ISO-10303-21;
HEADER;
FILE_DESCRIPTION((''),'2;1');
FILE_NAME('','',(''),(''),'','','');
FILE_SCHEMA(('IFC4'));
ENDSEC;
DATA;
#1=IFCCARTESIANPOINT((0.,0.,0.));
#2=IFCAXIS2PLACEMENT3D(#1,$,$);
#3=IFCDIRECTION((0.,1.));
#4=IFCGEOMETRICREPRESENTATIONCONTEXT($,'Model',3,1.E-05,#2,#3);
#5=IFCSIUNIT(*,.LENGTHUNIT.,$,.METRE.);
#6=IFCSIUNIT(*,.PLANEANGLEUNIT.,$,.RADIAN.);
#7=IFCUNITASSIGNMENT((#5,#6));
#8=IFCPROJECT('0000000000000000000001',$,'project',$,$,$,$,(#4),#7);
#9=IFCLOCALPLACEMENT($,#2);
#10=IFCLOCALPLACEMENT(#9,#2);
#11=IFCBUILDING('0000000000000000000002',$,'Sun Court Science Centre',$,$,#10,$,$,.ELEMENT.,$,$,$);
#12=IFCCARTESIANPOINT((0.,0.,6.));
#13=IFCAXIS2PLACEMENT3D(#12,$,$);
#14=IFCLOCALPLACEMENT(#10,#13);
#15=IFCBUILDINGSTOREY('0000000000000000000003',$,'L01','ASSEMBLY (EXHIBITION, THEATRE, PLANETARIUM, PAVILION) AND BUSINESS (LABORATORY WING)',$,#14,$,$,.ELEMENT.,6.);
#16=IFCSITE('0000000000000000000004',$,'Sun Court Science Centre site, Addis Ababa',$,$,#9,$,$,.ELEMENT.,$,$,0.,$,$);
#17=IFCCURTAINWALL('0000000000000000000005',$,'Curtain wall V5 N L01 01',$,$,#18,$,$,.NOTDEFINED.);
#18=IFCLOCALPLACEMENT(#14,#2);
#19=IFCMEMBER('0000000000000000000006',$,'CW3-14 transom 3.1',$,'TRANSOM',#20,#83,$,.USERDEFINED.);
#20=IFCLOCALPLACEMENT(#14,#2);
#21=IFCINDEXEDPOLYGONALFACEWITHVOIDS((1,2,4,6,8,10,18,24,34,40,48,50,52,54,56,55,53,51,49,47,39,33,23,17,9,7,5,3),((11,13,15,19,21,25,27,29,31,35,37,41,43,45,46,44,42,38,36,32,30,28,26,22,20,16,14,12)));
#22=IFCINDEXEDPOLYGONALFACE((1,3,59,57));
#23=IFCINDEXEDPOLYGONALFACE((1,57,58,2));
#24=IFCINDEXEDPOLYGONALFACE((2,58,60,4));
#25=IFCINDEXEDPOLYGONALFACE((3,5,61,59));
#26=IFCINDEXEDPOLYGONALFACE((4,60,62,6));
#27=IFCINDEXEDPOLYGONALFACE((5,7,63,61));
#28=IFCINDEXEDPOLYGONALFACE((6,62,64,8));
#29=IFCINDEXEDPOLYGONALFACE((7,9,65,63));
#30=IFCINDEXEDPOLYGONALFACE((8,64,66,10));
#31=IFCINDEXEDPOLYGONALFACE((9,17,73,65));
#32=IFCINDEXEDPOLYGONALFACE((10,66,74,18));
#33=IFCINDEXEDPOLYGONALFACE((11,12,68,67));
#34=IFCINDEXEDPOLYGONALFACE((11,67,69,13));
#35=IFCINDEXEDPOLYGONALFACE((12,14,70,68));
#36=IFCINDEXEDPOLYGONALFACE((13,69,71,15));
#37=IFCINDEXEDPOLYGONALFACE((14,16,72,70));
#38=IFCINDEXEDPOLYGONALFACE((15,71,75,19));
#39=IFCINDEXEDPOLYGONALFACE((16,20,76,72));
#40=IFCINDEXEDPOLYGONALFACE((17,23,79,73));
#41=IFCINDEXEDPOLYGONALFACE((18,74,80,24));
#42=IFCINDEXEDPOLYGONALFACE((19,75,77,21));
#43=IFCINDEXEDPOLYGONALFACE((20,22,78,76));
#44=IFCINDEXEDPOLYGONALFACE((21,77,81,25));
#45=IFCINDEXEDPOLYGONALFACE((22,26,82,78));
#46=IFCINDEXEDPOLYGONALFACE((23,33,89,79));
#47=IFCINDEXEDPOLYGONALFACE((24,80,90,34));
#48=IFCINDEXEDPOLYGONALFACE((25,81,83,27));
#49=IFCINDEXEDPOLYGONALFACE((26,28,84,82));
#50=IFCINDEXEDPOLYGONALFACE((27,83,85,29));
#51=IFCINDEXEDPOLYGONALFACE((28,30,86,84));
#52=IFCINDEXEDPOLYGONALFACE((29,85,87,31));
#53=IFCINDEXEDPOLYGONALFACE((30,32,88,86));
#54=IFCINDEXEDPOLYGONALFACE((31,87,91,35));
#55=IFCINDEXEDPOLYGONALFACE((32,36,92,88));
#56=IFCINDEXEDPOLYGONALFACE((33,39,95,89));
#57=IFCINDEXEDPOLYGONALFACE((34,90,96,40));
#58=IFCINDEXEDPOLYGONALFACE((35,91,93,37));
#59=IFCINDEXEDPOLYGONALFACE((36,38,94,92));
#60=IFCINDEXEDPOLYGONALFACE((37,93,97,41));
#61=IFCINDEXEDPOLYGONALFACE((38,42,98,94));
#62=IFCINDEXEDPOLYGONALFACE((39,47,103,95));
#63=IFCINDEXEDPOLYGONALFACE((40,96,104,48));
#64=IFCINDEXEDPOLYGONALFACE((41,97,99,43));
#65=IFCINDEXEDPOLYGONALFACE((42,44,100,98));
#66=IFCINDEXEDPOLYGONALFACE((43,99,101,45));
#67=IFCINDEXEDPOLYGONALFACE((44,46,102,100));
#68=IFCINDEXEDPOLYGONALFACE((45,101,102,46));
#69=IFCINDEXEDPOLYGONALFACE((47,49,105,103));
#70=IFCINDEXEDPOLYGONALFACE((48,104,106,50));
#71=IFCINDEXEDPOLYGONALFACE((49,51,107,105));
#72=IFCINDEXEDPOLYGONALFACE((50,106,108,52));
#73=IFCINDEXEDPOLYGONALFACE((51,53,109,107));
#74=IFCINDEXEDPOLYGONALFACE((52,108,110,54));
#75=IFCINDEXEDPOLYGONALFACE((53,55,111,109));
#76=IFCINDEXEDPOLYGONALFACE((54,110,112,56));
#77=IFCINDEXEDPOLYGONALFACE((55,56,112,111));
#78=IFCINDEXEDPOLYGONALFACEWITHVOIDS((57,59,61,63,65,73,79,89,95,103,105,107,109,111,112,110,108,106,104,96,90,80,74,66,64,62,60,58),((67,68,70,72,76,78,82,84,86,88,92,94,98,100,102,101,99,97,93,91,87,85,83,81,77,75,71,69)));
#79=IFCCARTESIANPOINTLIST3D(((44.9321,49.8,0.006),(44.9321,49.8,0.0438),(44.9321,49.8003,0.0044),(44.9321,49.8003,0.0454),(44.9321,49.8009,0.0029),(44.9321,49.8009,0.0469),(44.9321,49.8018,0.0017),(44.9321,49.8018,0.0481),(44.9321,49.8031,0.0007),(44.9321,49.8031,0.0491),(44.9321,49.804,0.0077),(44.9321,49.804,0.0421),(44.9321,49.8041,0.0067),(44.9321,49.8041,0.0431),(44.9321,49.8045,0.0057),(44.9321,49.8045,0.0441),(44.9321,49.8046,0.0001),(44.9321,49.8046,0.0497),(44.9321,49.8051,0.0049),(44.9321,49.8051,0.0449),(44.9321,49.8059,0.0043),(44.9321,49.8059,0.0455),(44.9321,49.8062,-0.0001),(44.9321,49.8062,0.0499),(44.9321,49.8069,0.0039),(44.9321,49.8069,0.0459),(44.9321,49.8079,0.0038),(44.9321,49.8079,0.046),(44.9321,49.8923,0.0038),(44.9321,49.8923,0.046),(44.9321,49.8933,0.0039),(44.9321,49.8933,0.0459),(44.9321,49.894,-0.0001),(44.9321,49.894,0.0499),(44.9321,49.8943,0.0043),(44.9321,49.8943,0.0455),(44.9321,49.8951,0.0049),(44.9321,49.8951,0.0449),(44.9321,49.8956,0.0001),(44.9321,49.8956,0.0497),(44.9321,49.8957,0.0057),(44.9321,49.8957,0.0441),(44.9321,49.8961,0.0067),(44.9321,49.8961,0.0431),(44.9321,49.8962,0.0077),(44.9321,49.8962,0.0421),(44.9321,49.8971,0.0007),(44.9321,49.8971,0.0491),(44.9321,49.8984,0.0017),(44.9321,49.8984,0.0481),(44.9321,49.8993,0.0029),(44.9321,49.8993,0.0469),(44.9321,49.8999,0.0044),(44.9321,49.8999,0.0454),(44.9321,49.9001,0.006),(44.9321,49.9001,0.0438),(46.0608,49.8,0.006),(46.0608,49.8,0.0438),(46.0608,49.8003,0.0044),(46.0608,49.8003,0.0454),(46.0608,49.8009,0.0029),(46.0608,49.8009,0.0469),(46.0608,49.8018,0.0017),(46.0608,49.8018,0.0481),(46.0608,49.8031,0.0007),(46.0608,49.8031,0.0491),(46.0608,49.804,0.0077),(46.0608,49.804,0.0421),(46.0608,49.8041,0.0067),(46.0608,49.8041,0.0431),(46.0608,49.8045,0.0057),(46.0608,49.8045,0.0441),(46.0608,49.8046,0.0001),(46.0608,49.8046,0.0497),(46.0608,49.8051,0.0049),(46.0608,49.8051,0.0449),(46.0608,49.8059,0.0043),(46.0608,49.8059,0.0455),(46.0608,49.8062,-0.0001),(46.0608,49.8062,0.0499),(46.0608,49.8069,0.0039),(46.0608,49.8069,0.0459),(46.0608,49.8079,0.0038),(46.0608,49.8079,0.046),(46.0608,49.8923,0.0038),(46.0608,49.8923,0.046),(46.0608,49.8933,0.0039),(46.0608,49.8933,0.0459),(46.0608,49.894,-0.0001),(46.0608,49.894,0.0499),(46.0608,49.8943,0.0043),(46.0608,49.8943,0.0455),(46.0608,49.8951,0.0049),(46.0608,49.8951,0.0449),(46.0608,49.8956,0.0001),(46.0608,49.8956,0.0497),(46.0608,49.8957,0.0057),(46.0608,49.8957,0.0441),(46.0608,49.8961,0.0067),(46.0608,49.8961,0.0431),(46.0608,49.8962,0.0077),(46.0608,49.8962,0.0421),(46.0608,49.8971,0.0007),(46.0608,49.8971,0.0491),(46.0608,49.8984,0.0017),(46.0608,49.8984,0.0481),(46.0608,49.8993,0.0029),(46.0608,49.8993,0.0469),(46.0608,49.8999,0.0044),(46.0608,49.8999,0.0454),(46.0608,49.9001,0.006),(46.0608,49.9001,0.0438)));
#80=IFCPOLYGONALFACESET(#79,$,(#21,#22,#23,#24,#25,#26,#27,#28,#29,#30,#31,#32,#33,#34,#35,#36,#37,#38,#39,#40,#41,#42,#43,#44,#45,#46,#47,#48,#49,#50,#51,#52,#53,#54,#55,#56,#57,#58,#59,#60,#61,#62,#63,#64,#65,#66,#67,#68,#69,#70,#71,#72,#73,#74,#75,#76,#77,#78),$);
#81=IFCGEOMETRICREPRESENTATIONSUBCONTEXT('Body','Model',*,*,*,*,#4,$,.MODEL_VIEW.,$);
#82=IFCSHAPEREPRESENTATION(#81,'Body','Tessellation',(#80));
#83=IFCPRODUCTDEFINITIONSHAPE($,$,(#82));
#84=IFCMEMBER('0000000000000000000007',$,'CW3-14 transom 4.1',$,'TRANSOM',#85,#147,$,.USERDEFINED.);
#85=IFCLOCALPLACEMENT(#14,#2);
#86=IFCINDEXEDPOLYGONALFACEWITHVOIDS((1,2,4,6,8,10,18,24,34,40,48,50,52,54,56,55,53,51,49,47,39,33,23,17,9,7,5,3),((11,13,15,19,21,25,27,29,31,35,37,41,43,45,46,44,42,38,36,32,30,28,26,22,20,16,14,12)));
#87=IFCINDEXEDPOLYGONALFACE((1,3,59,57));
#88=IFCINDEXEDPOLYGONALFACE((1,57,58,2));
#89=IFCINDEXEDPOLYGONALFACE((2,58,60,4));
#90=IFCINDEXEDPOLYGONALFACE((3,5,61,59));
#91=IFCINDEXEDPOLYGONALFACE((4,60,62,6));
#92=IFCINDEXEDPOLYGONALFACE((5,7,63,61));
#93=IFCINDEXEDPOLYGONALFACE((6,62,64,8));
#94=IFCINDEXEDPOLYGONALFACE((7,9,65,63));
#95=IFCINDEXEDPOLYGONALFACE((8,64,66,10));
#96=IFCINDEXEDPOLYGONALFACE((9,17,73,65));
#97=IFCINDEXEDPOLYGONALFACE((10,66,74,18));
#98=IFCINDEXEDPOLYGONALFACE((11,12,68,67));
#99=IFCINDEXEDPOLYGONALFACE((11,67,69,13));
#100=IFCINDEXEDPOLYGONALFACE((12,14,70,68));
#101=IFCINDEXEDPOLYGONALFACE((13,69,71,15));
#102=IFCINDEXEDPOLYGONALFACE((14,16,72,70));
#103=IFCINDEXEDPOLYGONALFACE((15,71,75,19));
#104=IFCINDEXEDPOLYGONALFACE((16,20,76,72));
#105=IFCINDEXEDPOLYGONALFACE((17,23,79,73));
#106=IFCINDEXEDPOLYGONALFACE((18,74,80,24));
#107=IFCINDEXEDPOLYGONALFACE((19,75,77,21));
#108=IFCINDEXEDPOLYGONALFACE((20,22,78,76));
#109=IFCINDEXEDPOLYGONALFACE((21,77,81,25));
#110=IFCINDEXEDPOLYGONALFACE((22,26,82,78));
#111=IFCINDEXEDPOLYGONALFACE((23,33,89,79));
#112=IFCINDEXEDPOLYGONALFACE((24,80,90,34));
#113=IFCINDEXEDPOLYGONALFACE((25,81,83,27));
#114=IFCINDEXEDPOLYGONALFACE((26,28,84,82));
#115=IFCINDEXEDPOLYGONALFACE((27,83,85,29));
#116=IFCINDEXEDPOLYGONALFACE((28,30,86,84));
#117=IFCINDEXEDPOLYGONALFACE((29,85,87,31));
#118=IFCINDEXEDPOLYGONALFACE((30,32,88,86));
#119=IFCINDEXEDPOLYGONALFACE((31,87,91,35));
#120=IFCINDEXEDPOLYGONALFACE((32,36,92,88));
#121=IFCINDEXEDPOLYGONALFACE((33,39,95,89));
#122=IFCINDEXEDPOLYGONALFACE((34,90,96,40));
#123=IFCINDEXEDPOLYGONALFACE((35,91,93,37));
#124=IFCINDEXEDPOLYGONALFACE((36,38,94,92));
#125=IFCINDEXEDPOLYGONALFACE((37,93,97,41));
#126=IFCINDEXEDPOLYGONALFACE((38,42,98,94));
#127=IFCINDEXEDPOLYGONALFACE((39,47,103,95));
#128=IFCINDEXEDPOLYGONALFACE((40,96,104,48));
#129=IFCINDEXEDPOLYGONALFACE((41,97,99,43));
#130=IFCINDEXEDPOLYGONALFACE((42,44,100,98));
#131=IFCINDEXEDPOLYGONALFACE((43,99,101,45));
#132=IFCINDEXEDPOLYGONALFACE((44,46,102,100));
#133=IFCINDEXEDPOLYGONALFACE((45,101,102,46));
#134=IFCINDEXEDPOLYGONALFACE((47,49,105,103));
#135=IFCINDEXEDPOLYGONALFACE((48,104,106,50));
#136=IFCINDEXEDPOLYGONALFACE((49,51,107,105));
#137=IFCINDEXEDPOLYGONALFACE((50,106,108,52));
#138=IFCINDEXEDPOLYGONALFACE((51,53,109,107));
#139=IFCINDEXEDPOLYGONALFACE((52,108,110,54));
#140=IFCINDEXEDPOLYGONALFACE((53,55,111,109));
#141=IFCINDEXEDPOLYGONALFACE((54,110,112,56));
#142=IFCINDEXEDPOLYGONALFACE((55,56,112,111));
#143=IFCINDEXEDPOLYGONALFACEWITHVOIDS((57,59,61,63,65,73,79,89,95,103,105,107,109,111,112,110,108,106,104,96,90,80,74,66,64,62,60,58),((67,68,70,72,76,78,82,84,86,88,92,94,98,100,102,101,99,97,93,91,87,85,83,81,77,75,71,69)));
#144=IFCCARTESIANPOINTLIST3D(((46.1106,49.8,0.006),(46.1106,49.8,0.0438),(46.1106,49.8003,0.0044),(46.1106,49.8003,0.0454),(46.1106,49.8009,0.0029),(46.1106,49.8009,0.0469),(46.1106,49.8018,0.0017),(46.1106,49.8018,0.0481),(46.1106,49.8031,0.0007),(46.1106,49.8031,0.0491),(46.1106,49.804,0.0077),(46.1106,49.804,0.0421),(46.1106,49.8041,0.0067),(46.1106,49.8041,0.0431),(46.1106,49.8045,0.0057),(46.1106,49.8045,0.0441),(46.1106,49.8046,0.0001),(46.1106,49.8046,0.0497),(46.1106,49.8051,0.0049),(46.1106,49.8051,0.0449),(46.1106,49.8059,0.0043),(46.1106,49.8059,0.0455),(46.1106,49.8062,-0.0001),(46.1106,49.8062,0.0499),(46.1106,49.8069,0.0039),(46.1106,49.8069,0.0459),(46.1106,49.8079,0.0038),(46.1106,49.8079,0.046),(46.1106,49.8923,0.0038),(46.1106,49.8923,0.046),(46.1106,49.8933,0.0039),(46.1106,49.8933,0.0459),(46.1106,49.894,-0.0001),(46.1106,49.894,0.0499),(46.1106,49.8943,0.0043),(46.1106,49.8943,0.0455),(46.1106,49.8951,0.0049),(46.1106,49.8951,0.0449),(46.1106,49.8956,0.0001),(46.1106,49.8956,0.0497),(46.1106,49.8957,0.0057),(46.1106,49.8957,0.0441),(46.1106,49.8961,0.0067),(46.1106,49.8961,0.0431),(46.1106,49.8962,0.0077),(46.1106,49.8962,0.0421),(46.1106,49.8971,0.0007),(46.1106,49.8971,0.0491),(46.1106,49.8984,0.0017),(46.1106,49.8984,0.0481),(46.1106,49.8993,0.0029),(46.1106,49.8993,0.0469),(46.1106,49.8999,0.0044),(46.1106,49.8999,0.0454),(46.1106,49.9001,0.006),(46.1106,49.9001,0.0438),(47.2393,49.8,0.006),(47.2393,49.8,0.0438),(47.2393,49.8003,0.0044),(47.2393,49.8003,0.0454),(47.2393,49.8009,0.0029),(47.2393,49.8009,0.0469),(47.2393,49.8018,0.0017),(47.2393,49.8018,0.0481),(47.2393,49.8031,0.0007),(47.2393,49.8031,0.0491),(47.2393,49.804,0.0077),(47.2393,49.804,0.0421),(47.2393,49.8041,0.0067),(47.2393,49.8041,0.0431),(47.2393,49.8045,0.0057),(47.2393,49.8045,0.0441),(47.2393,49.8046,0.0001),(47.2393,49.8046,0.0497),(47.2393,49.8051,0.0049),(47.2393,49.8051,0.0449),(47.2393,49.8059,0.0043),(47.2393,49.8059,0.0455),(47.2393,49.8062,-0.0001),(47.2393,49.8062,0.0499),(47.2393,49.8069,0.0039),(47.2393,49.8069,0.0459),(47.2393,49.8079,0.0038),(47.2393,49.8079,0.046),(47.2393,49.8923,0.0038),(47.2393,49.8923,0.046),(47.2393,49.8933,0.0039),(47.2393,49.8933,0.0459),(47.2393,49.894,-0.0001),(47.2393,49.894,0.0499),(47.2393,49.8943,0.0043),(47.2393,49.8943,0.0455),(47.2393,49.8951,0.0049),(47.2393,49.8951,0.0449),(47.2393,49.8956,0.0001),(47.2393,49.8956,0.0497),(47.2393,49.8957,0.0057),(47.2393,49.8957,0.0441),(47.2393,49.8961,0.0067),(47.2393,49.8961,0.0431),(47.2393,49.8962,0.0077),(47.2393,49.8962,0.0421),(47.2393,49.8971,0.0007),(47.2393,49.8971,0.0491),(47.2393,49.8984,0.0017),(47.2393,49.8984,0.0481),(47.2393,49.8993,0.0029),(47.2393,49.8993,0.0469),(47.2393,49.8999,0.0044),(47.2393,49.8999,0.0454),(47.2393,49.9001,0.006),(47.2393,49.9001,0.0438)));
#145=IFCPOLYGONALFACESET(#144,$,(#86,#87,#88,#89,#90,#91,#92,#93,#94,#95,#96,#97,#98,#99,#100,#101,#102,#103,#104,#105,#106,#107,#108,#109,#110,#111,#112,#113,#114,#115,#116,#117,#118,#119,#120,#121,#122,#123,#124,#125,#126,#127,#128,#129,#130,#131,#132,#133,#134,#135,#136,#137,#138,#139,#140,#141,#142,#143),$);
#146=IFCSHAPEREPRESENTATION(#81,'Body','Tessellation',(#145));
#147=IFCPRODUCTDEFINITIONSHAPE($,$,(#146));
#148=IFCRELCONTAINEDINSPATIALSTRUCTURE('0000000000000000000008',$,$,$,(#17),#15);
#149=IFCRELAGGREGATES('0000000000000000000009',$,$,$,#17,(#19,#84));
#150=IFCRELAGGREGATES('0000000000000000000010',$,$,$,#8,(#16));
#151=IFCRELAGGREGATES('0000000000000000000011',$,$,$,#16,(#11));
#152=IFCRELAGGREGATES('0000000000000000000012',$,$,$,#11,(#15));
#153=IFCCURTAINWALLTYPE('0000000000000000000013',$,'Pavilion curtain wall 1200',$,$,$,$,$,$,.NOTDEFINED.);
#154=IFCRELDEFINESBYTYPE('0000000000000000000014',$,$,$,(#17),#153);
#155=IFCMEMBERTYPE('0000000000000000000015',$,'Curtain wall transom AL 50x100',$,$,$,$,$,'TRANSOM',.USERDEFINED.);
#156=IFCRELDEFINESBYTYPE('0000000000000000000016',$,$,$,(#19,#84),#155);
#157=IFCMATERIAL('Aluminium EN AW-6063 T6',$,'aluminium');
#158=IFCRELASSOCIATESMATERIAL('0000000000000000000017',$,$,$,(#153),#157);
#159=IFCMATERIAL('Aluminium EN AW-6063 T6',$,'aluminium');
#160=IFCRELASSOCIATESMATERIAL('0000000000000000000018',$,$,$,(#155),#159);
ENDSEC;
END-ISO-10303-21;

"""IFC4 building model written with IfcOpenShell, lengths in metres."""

from ifc_helpers import new_model, si_unit, direction, frame, origin, origin_2d, place, context, subcontext, project, spatial, hollow_rectangle, extrude, material, material_profile, profile_set, type_object, element, aggregate, save


model = new_model("IFC4")

# Units and contexts
model_context = context("Model", 3, precision=1e-05, world=origin(), true_north=direction((0.0, 1.0)))
body_context = subcontext(model_context, "Body", "Model", "MODEL_VIEW")
ifc_project = project(units=[si_unit("LENGTHUNIT", "METRE"), si_unit("PLANEANGLEUNIT", "RADIAN")], contexts=[model_context])

# Site, building, storey
site_placement = place(None, origin())
site = spatial("IfcSite", under=ifc_project, at=site_placement, Name="Sun Court Science Centre site, Addis Ababa", CompositionType="ELEMENT", RefElevation=0.0)
building_placement = place(site_placement, origin())
building = spatial("IfcBuilding", under=site, at=building_placement, Name="Sun Court Science Centre", CompositionType="ELEMENT")
storey_placement = place(building_placement, frame((0.0, 0.0, 6.0)))
storey = spatial("IfcBuildingStorey", under=building, at=storey_placement, Name="L01", Description="ASSEMBLY (EXHIBITION, THEATRE, PLANETARIUM, PAVILION) AND BUSINESS (LABORATORY WING)", CompositionType="ELEMENT", Elevation=6.0)

# Curtain wall, members
ifc_material_1 = material(Name="Aluminium EN AW-6063 T6", Category="aluminium")
curtain_wall_type = type_object("IfcCurtainWallType", Name="Pavilion curtain wall 1200", PredefinedType="NOTDEFINED", material=ifc_material_1)
curtain_wall_placement = place(storey_placement, origin())
curtain_wall = element("IfcCurtainWall", 1, at=curtain_wall_placement, inside=storey, type_object=curtain_wall_type, Name="Curtain wall V5 N L01 01", PredefinedType="NOTDEFINED")
ifc_material_2 = material(Name="Aluminium EN AW-6063 T6", Category="aluminium")
ifc_material_profile_1 = material_profile(ifc_material_2, hollow_rectangle(XDim=0.05, YDim=0.1001, WallThickness=0.0039, InnerFilletRadius=0.0039, OuterFilletRadius=0.0061, at=origin_2d()), Name="AL 50x100x4")
ifc_profile_set_1 = profile_set([ifc_material_profile_1], Name="Aluminium EN AW-6063 T6")
member_type_1 = type_object("IfcMemberType", Name="Curtain wall transom AL 50x100", ElementType="TRANSOM", PredefinedType="USERDEFINED", material=ifc_profile_set_1)
member_1_placement = place(storey_placement, frame((44.9321, 49.8501, 0.0249), z_axis=(1.0, 0.0, 0.0), x_axis=(0.0, 0.0, 1.0)))
member_1 = element("IfcMember", 2, at=member_1_placement, type_object=member_type_1, Name="CW3-14 transom 3.1", ObjectType="TRANSOM", PredefinedType="USERDEFINED", context=body_context, shape_type="SweptSolid", body=[
    extrude(hollow_rectangle(XDim=0.05, YDim=0.1001, WallThickness=0.0039, InnerFilletRadius=0.0039, OuterFilletRadius=0.0061, at=origin_2d()), origin(), (0.0, 0.0, 1.0), 1.1287),
])
member_2_placement = place(storey_placement, frame((46.1106, 49.8501, 0.0249), z_axis=(1.0, 0.0, 0.0), x_axis=(0.0, 0.0, 1.0)))
member_2 = element("IfcMember", 3, at=member_2_placement, type_object=member_type_1, Name="CW3-14 transom 4.1", ObjectType="TRANSOM", PredefinedType="USERDEFINED", context=body_context, shape_type="SweptSolid", body=[
    extrude(hollow_rectangle(XDim=0.05, YDim=0.1001, WallThickness=0.0039, InnerFilletRadius=0.0039, OuterFilletRadius=0.0061, at=origin_2d()), origin(), (0.0, 0.0, 1.0), 1.1287),
])
aggregate(curtain_wall, [member_1, member_2])

save(model, "model.ifc")
